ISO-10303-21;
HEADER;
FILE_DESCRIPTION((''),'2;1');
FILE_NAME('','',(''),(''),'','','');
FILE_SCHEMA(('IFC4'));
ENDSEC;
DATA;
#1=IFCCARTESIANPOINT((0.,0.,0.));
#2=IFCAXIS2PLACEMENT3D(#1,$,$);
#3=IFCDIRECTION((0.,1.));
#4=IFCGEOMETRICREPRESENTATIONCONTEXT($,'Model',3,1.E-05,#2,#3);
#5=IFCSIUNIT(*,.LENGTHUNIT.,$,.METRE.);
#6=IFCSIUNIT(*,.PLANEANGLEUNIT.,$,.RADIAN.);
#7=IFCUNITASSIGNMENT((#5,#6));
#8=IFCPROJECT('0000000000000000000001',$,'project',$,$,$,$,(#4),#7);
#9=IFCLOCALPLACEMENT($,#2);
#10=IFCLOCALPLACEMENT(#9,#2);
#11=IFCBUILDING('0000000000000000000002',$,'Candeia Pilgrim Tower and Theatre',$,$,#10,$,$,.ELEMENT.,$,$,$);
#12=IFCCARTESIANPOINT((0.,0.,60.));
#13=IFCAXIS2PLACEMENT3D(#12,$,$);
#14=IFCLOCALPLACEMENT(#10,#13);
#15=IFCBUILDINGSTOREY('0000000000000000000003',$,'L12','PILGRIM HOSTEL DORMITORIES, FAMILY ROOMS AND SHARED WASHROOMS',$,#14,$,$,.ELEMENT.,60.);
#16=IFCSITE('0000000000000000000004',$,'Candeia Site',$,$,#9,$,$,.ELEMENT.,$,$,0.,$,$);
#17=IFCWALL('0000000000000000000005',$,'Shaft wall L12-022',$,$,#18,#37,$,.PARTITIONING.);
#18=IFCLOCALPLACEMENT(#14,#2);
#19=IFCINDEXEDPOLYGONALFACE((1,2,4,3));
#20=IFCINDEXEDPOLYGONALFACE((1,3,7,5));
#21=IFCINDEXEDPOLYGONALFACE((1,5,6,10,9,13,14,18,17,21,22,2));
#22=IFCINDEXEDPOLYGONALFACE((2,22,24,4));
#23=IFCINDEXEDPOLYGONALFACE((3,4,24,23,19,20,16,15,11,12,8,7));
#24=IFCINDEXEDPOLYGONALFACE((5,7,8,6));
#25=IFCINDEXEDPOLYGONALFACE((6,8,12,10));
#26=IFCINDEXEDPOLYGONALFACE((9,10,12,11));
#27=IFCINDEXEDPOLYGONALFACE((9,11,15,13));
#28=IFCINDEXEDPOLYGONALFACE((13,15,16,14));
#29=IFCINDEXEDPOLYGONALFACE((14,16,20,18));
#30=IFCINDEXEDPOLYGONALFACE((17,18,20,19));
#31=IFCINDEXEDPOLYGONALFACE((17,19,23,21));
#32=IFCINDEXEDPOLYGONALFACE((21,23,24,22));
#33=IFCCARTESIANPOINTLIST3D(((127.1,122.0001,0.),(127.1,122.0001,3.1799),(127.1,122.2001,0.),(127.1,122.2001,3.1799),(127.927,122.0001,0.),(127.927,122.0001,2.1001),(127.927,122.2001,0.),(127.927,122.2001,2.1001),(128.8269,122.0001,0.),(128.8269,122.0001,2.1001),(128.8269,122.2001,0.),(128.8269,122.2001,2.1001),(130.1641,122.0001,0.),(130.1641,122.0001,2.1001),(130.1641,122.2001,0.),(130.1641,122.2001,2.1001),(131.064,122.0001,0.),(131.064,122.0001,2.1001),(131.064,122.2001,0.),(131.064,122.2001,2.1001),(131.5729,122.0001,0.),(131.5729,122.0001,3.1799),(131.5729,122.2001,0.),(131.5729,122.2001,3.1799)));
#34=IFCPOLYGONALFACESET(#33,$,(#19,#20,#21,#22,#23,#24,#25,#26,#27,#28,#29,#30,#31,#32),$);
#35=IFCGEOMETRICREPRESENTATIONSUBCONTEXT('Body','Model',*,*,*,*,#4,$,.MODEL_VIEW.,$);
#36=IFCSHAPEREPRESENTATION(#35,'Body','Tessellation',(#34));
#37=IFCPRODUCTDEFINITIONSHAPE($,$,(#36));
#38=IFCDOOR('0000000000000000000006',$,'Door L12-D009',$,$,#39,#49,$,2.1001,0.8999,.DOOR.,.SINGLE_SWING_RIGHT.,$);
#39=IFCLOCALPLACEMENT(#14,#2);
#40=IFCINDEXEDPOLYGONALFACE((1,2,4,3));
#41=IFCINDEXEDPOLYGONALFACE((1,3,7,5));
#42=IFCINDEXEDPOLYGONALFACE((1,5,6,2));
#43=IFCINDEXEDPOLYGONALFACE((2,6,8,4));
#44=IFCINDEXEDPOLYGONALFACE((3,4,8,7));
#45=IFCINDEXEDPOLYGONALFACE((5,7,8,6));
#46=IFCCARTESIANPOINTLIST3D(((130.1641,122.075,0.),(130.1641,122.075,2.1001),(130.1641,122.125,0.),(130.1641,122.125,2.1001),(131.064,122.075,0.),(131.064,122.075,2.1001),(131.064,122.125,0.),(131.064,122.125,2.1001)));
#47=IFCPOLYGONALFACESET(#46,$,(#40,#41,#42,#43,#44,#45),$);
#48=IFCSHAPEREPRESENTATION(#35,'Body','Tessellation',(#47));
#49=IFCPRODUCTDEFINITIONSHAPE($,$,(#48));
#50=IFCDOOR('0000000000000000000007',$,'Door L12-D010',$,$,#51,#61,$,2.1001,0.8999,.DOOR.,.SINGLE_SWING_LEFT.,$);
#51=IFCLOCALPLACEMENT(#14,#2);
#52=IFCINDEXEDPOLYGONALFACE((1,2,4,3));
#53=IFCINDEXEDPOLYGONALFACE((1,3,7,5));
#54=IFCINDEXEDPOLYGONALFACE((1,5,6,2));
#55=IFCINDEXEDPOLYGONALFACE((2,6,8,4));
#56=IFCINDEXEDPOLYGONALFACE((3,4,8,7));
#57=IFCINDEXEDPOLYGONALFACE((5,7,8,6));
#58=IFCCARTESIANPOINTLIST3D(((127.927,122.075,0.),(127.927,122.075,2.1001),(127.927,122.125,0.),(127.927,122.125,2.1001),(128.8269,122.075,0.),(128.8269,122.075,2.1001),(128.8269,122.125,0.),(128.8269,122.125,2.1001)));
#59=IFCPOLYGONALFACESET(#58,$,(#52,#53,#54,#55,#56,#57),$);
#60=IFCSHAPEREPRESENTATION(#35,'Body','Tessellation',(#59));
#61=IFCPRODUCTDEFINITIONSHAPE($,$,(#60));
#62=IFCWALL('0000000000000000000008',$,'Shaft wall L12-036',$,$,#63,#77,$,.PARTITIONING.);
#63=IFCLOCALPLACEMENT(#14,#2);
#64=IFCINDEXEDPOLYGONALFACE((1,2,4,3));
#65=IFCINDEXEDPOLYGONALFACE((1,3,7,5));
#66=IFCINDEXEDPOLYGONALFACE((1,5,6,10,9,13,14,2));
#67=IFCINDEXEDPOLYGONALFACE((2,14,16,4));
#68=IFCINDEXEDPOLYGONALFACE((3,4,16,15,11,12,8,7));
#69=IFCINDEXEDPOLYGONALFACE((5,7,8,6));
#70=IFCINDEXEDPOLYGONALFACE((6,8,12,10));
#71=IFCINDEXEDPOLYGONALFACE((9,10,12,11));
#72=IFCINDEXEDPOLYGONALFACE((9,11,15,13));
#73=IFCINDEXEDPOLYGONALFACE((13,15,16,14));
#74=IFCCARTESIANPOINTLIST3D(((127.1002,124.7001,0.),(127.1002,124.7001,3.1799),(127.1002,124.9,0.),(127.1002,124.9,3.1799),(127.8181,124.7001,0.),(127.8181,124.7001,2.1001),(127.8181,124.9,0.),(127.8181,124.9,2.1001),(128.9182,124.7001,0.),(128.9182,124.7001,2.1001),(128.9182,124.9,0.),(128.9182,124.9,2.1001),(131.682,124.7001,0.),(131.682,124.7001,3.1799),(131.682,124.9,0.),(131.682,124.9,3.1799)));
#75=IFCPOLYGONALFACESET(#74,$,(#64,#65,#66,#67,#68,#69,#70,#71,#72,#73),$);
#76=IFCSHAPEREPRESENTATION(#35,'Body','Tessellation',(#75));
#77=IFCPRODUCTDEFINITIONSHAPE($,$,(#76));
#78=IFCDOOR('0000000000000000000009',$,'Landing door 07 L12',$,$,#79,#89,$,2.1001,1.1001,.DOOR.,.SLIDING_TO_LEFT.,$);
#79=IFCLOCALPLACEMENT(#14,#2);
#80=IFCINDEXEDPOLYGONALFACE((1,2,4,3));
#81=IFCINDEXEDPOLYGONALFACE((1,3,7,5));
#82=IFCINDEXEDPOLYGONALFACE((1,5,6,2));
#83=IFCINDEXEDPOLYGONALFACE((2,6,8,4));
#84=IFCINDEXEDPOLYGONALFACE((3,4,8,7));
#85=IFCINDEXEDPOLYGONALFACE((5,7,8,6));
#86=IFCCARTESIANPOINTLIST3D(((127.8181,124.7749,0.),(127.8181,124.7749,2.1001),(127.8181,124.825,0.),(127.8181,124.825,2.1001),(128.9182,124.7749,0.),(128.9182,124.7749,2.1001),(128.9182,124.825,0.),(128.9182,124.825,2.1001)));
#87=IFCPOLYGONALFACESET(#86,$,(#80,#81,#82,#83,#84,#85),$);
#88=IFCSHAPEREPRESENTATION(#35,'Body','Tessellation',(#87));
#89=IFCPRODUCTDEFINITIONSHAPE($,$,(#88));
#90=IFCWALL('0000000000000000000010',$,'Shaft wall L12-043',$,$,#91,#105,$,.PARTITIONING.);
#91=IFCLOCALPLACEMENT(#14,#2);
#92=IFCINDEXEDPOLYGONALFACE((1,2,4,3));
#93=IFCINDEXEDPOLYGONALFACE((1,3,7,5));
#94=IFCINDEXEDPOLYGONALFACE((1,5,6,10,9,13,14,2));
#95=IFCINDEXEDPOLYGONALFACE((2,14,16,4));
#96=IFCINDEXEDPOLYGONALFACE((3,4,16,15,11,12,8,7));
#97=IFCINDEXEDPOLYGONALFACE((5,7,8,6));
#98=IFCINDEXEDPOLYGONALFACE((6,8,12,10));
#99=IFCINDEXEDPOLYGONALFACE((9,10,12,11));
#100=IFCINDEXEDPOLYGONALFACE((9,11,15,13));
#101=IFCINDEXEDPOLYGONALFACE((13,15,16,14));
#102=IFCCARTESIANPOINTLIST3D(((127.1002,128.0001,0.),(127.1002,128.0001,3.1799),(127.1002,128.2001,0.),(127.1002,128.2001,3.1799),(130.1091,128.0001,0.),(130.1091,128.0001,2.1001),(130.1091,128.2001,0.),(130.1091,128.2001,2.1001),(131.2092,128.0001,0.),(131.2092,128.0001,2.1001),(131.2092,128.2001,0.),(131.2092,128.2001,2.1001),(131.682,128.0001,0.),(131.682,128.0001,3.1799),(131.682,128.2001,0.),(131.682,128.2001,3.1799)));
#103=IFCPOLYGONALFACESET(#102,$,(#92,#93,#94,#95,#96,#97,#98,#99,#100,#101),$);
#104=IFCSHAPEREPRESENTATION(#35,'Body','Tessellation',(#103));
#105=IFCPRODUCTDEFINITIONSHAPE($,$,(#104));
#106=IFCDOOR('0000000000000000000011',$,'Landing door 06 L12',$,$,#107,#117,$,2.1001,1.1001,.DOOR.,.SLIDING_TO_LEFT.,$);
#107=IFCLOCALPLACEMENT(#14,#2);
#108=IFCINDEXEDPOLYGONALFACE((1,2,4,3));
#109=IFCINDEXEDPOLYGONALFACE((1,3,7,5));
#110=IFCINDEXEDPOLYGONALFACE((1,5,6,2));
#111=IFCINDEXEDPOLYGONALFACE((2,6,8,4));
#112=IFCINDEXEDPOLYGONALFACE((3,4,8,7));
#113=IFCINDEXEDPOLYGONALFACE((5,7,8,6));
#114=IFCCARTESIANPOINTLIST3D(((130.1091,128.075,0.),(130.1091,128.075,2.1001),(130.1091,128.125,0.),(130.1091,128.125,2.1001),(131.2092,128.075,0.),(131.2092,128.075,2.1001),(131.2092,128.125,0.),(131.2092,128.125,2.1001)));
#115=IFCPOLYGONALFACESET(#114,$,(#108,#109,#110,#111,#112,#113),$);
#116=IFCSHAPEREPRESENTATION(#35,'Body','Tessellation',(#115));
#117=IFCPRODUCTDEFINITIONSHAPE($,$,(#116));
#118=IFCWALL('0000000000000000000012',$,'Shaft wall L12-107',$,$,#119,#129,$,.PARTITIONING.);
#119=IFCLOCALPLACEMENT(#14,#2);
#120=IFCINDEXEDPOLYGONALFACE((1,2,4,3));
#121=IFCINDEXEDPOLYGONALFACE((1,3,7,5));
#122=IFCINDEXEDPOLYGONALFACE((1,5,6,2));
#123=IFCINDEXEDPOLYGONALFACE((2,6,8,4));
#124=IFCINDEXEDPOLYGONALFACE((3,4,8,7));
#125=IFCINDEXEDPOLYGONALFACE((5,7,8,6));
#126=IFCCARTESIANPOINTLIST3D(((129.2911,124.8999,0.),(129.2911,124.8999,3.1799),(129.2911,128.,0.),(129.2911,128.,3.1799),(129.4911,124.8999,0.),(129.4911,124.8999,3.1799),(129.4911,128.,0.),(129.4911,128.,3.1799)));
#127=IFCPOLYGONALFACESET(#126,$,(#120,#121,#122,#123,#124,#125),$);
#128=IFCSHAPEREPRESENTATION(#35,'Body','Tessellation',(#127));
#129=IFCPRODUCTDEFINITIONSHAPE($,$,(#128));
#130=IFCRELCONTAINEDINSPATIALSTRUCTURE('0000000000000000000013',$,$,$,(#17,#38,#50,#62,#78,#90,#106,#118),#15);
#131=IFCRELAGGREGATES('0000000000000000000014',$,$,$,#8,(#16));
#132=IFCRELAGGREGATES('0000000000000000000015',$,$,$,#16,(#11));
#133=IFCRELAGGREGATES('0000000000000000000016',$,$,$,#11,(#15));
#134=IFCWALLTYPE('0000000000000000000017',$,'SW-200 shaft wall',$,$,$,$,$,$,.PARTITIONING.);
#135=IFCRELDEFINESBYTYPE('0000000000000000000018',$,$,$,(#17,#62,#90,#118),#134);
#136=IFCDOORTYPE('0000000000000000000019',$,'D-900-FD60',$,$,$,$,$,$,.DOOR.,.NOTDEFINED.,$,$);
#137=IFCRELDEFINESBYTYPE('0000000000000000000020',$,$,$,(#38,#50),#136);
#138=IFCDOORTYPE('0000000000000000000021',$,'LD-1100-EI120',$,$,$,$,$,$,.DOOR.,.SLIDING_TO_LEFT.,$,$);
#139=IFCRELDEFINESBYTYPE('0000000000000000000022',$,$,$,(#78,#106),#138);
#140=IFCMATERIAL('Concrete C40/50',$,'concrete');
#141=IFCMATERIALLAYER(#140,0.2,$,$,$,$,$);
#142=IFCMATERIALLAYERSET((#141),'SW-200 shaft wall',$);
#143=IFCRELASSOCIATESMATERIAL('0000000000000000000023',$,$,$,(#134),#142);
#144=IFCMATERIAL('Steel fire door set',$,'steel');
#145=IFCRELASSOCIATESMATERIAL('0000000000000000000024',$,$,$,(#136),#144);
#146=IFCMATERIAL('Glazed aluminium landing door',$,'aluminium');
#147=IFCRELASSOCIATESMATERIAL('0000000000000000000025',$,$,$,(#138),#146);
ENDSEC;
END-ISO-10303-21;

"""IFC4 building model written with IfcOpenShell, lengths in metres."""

from ifc_helpers import new_model, si_unit, direction, frame, frame_2d, origin, place, context, subcontext, project, spatial, rectangle, extrude, material, layer, layer_set, type_object, element, fill, save


model = new_model("IFC4")

# Units and contexts
model_context = context("Model", 3, precision=1e-05, world=origin(), true_north=direction((0.0, 1.0)))
body_context = subcontext(model_context, "Body", "Model", "MODEL_VIEW")
ifc_project = project(units=[si_unit("LENGTHUNIT", "METRE"), si_unit("PLANEANGLEUNIT", "RADIAN")], contexts=[model_context])

# Site, building, storey
site_placement = place(None, origin())
site = spatial("IfcSite", under=ifc_project, at=site_placement, Name="Candeia Site", CompositionType="ELEMENT", RefElevation=0.0)
building_placement = place(site_placement, origin())
building = spatial("IfcBuilding", under=site, at=building_placement, Name="Candeia Pilgrim Tower and Theatre", CompositionType="ELEMENT")
storey_placement = place(building_placement, frame((0.0, 0.0, 60.0)))
storey = spatial("IfcBuildingStorey", under=building, at=storey_placement, Name="L12", Description="PILGRIM HOSTEL DORMITORIES, FAMILY ROOMS AND SHARED WASHROOMS", CompositionType="ELEMENT", Elevation=60.0)

# Shared definitions
ifc_material_1 = material(Name="Steel fire door set", Category="steel")

# Wall, openings, doors
ifc_material_2 = material(Name="Concrete C40/50", Category="concrete")
ifc_layer_1 = layer(ifc_material_2, 0.2)
ifc_layer_set_1 = layer_set([ifc_layer_1], Name="SW-200 shaft wall")
wall_type_1 = type_object("IfcWallType", Name="SW-200 shaft wall", PredefinedType="PARTITIONING", material=ifc_layer_set_1)
wall_1_placement = place(storey_placement, frame((127.1001, 122.1001, 0.0), z_axis=(0.0, 0.0, 1.0), x_axis=(1.0, 0.0, 0.0)))
wall_1 = element("IfcWall", 1, at=wall_1_placement, inside=storey, type_object=wall_type_1, Name="Shaft wall L12-022", PredefinedType="PARTITIONING", context=body_context, shape_type="SweptSolid", body=[
    extrude(rectangle(XDim=4.4729, YDim=0.2, at=frame_2d((2.2363, 0.0))), origin(), (0.0, 0.0, 1.0), 3.1799),
])
opening_1_placement = place(wall_1_placement, frame((3.064, 0.0, 0.0)))
opening_1 = element("IfcOpeningElement", 2, at=opening_1_placement, cuts=wall_1, PredefinedType="OPENING", context=body_context, shape_type="SweptSolid", body=[
    extrude(rectangle(XDim=0.8999, YDim=2.1001, at=frame_2d((0.45, 1.05))), frame((0.0, 0.1099, 0.0), z_axis=(0.0, -1.0, 0.0), x_axis=(1.0, 0.0, 0.0)), (0.0, 0.0, 1.0), 0.22),
])
opening_2_placement = place(wall_1_placement, frame((0.8269, 0.0, 0.0)))
opening_2 = element("IfcOpeningElement", 3, at=opening_2_placement, cuts=wall_1, PredefinedType="OPENING", context=body_context, shape_type="SweptSolid", body=[
    extrude(rectangle(XDim=0.8999, YDim=2.1001, at=frame_2d((0.45, 1.05))), frame((0.0, 0.1099, 0.0), z_axis=(0.0, -1.0, 0.0), x_axis=(1.0, 0.0, 0.0)), (0.0, 0.0, 1.0), 0.22),
])
door_type_1 = type_object("IfcDoorType", Name="D-900-FD60", OperationType="NOTDEFINED", PredefinedType="DOOR", material=ifc_material_1)
door_1_placement = place(opening_1_placement, origin())
door_1 = element("IfcDoor", 4, at=door_1_placement, inside=storey, type_object=door_type_1, Name="Door L12-D009", OperationType="SINGLE_SWING_RIGHT", OverallHeight=2.1001, OverallWidth=0.8999, PredefinedType="DOOR", context=body_context, shape_type="SweptSolid", body=[
    extrude(rectangle(XDim=0.8999, YDim=2.1001, at=frame_2d((0.45, 1.05))), frame((0.0, 0.0249, 0.0), z_axis=(0.0, -1.0, 0.0), x_axis=(1.0, 0.0, 0.0)), (0.0, 0.0, 1.0), 0.05),
])
fill(opening_1, door_1)
door_2_placement = place(opening_2_placement, origin())
door_2 = element("IfcDoor", 5, at=door_2_placement, inside=storey, type_object=door_type_1, Name="Door L12-D010", OperationType="SINGLE_SWING_LEFT", OverallHeight=2.1001, OverallWidth=0.8999, PredefinedType="DOOR", context=body_context, shape_type="SweptSolid", body=[
    extrude(rectangle(XDim=0.8999, YDim=2.1001, at=frame_2d((0.45, 1.05))), frame((0.0, 0.0249, 0.0), z_axis=(0.0, -1.0, 0.0), x_axis=(1.0, 0.0, 0.0)), (0.0, 0.0, 1.0), 0.05),
])
fill(opening_2, door_2)

# Walls, openings, doors
wall_2_placement = place(storey_placement, frame((127.1001, 124.8, 0.0), z_axis=(0.0, 0.0, 1.0), x_axis=(1.0, 0.0, 0.0)))
wall_2 = element("IfcWall", 6, at=wall_2_placement, inside=storey, type_object=wall_type_1, Name="Shaft wall L12-036", PredefinedType="PARTITIONING", context=body_context, shape_type="SweptSolid", body=[
    extrude(rectangle(XDim=4.5818, YDim=0.2, at=frame_2d((2.291, 0.0))), origin(), (0.0, 0.0, 1.0), 3.1799),
])
opening_3_placement = place(wall_2_placement, frame((0.718, 0.0, 0.0)))
opening_3 = element("IfcOpeningElement", 7, at=opening_3_placement, cuts=wall_2, PredefinedType="OPENING", context=body_context, shape_type="SweptSolid", body=[
    extrude(rectangle(XDim=1.1001, YDim=2.1001, at=frame_2d((0.55, 1.05))), frame((0.0, 0.1099, 0.0), z_axis=(0.0, -1.0, 0.0), x_axis=(1.0, 0.0, 0.0)), (0.0, 0.0, 1.0), 0.22),
])
ifc_material_3 = material(Name="Glazed aluminium landing door", Category="aluminium")
door_type_2 = type_object("IfcDoorType", Name="LD-1100-EI120", OperationType="SLIDING_TO_LEFT", PredefinedType="DOOR", material=ifc_material_3)
door_3_placement = place(opening_3_placement, origin())
door_3 = element("IfcDoor", 8, at=door_3_placement, inside=storey, type_object=door_type_2, Name="Landing door 07 L12", OperationType="SLIDING_TO_LEFT", OverallHeight=2.1001, OverallWidth=1.1001, PredefinedType="DOOR", context=body_context, shape_type="SweptSolid", body=[
    extrude(rectangle(XDim=1.1001, YDim=2.1001, at=frame_2d((0.55, 1.05))), frame((0.0, 0.0249, 0.0), z_axis=(0.0, -1.0, 0.0), x_axis=(1.0, 0.0, 0.0)), (0.0, 0.0, 1.0), 0.05),
])
fill(opening_3, door_3)
wall_3_placement = place(storey_placement, frame((127.1001, 128.1001, 0.0), z_axis=(0.0, 0.0, 1.0), x_axis=(1.0, 0.0, 0.0)))
wall_3 = element("IfcWall", 9, at=wall_3_placement, inside=storey, type_object=wall_type_1, Name="Shaft wall L12-043", PredefinedType="PARTITIONING", context=body_context, shape_type="SweptSolid", body=[
    extrude(rectangle(XDim=4.5818, YDim=0.2, at=frame_2d((2.291, 0.0))), origin(), (0.0, 0.0, 1.0), 3.1799),
])
opening_4_placement = place(wall_3_placement, frame((3.009, 0.0, 0.0)))
opening_4 = element("IfcOpeningElement", 10, at=opening_4_placement, cuts=wall_3, PredefinedType="OPENING", context=body_context, shape_type="SweptSolid", body=[
    extrude(rectangle(XDim=1.1001, YDim=2.1001, at=frame_2d((0.55, 1.05))), frame((0.0, 0.1099, 0.0), z_axis=(0.0, -1.0, 0.0), x_axis=(1.0, 0.0, 0.0)), (0.0, 0.0, 1.0), 0.22),
])
door_4_placement = place(opening_4_placement, origin())
door_4 = element("IfcDoor", 11, at=door_4_placement, inside=storey, type_object=door_type_2, Name="Landing door 06 L12", OperationType="SLIDING_TO_LEFT", OverallHeight=2.1001, OverallWidth=1.1001, PredefinedType="DOOR", context=body_context, shape_type="SweptSolid", body=[
    extrude(rectangle(XDim=1.1001, YDim=2.1001, at=frame_2d((0.55, 1.05))), frame((0.0, 0.0249, 0.0), z_axis=(0.0, -1.0, 0.0), x_axis=(1.0, 0.0, 0.0)), (0.0, 0.0, 1.0), 0.05),
])
fill(opening_4, door_4)

# Wall
wall_4_placement = place(storey_placement, frame((129.3911, 124.8999, 0.0), z_axis=(0.0, 0.0, 1.0), x_axis=(0.0, 1.0, 0.0)))
element("IfcWall", 12, at=wall_4_placement, inside=storey, type_object=wall_type_1, Name="Shaft wall L12-107", PredefinedType="PARTITIONING", context=body_context, shape_type="SweptSolid", body=[
    extrude(rectangle(XDim=3.1001, YDim=0.2, at=frame_2d((1.55, 0.0))), origin(), (0.0, 0.0, 1.0), 3.1799),
])

save(model, "model.ifc")
